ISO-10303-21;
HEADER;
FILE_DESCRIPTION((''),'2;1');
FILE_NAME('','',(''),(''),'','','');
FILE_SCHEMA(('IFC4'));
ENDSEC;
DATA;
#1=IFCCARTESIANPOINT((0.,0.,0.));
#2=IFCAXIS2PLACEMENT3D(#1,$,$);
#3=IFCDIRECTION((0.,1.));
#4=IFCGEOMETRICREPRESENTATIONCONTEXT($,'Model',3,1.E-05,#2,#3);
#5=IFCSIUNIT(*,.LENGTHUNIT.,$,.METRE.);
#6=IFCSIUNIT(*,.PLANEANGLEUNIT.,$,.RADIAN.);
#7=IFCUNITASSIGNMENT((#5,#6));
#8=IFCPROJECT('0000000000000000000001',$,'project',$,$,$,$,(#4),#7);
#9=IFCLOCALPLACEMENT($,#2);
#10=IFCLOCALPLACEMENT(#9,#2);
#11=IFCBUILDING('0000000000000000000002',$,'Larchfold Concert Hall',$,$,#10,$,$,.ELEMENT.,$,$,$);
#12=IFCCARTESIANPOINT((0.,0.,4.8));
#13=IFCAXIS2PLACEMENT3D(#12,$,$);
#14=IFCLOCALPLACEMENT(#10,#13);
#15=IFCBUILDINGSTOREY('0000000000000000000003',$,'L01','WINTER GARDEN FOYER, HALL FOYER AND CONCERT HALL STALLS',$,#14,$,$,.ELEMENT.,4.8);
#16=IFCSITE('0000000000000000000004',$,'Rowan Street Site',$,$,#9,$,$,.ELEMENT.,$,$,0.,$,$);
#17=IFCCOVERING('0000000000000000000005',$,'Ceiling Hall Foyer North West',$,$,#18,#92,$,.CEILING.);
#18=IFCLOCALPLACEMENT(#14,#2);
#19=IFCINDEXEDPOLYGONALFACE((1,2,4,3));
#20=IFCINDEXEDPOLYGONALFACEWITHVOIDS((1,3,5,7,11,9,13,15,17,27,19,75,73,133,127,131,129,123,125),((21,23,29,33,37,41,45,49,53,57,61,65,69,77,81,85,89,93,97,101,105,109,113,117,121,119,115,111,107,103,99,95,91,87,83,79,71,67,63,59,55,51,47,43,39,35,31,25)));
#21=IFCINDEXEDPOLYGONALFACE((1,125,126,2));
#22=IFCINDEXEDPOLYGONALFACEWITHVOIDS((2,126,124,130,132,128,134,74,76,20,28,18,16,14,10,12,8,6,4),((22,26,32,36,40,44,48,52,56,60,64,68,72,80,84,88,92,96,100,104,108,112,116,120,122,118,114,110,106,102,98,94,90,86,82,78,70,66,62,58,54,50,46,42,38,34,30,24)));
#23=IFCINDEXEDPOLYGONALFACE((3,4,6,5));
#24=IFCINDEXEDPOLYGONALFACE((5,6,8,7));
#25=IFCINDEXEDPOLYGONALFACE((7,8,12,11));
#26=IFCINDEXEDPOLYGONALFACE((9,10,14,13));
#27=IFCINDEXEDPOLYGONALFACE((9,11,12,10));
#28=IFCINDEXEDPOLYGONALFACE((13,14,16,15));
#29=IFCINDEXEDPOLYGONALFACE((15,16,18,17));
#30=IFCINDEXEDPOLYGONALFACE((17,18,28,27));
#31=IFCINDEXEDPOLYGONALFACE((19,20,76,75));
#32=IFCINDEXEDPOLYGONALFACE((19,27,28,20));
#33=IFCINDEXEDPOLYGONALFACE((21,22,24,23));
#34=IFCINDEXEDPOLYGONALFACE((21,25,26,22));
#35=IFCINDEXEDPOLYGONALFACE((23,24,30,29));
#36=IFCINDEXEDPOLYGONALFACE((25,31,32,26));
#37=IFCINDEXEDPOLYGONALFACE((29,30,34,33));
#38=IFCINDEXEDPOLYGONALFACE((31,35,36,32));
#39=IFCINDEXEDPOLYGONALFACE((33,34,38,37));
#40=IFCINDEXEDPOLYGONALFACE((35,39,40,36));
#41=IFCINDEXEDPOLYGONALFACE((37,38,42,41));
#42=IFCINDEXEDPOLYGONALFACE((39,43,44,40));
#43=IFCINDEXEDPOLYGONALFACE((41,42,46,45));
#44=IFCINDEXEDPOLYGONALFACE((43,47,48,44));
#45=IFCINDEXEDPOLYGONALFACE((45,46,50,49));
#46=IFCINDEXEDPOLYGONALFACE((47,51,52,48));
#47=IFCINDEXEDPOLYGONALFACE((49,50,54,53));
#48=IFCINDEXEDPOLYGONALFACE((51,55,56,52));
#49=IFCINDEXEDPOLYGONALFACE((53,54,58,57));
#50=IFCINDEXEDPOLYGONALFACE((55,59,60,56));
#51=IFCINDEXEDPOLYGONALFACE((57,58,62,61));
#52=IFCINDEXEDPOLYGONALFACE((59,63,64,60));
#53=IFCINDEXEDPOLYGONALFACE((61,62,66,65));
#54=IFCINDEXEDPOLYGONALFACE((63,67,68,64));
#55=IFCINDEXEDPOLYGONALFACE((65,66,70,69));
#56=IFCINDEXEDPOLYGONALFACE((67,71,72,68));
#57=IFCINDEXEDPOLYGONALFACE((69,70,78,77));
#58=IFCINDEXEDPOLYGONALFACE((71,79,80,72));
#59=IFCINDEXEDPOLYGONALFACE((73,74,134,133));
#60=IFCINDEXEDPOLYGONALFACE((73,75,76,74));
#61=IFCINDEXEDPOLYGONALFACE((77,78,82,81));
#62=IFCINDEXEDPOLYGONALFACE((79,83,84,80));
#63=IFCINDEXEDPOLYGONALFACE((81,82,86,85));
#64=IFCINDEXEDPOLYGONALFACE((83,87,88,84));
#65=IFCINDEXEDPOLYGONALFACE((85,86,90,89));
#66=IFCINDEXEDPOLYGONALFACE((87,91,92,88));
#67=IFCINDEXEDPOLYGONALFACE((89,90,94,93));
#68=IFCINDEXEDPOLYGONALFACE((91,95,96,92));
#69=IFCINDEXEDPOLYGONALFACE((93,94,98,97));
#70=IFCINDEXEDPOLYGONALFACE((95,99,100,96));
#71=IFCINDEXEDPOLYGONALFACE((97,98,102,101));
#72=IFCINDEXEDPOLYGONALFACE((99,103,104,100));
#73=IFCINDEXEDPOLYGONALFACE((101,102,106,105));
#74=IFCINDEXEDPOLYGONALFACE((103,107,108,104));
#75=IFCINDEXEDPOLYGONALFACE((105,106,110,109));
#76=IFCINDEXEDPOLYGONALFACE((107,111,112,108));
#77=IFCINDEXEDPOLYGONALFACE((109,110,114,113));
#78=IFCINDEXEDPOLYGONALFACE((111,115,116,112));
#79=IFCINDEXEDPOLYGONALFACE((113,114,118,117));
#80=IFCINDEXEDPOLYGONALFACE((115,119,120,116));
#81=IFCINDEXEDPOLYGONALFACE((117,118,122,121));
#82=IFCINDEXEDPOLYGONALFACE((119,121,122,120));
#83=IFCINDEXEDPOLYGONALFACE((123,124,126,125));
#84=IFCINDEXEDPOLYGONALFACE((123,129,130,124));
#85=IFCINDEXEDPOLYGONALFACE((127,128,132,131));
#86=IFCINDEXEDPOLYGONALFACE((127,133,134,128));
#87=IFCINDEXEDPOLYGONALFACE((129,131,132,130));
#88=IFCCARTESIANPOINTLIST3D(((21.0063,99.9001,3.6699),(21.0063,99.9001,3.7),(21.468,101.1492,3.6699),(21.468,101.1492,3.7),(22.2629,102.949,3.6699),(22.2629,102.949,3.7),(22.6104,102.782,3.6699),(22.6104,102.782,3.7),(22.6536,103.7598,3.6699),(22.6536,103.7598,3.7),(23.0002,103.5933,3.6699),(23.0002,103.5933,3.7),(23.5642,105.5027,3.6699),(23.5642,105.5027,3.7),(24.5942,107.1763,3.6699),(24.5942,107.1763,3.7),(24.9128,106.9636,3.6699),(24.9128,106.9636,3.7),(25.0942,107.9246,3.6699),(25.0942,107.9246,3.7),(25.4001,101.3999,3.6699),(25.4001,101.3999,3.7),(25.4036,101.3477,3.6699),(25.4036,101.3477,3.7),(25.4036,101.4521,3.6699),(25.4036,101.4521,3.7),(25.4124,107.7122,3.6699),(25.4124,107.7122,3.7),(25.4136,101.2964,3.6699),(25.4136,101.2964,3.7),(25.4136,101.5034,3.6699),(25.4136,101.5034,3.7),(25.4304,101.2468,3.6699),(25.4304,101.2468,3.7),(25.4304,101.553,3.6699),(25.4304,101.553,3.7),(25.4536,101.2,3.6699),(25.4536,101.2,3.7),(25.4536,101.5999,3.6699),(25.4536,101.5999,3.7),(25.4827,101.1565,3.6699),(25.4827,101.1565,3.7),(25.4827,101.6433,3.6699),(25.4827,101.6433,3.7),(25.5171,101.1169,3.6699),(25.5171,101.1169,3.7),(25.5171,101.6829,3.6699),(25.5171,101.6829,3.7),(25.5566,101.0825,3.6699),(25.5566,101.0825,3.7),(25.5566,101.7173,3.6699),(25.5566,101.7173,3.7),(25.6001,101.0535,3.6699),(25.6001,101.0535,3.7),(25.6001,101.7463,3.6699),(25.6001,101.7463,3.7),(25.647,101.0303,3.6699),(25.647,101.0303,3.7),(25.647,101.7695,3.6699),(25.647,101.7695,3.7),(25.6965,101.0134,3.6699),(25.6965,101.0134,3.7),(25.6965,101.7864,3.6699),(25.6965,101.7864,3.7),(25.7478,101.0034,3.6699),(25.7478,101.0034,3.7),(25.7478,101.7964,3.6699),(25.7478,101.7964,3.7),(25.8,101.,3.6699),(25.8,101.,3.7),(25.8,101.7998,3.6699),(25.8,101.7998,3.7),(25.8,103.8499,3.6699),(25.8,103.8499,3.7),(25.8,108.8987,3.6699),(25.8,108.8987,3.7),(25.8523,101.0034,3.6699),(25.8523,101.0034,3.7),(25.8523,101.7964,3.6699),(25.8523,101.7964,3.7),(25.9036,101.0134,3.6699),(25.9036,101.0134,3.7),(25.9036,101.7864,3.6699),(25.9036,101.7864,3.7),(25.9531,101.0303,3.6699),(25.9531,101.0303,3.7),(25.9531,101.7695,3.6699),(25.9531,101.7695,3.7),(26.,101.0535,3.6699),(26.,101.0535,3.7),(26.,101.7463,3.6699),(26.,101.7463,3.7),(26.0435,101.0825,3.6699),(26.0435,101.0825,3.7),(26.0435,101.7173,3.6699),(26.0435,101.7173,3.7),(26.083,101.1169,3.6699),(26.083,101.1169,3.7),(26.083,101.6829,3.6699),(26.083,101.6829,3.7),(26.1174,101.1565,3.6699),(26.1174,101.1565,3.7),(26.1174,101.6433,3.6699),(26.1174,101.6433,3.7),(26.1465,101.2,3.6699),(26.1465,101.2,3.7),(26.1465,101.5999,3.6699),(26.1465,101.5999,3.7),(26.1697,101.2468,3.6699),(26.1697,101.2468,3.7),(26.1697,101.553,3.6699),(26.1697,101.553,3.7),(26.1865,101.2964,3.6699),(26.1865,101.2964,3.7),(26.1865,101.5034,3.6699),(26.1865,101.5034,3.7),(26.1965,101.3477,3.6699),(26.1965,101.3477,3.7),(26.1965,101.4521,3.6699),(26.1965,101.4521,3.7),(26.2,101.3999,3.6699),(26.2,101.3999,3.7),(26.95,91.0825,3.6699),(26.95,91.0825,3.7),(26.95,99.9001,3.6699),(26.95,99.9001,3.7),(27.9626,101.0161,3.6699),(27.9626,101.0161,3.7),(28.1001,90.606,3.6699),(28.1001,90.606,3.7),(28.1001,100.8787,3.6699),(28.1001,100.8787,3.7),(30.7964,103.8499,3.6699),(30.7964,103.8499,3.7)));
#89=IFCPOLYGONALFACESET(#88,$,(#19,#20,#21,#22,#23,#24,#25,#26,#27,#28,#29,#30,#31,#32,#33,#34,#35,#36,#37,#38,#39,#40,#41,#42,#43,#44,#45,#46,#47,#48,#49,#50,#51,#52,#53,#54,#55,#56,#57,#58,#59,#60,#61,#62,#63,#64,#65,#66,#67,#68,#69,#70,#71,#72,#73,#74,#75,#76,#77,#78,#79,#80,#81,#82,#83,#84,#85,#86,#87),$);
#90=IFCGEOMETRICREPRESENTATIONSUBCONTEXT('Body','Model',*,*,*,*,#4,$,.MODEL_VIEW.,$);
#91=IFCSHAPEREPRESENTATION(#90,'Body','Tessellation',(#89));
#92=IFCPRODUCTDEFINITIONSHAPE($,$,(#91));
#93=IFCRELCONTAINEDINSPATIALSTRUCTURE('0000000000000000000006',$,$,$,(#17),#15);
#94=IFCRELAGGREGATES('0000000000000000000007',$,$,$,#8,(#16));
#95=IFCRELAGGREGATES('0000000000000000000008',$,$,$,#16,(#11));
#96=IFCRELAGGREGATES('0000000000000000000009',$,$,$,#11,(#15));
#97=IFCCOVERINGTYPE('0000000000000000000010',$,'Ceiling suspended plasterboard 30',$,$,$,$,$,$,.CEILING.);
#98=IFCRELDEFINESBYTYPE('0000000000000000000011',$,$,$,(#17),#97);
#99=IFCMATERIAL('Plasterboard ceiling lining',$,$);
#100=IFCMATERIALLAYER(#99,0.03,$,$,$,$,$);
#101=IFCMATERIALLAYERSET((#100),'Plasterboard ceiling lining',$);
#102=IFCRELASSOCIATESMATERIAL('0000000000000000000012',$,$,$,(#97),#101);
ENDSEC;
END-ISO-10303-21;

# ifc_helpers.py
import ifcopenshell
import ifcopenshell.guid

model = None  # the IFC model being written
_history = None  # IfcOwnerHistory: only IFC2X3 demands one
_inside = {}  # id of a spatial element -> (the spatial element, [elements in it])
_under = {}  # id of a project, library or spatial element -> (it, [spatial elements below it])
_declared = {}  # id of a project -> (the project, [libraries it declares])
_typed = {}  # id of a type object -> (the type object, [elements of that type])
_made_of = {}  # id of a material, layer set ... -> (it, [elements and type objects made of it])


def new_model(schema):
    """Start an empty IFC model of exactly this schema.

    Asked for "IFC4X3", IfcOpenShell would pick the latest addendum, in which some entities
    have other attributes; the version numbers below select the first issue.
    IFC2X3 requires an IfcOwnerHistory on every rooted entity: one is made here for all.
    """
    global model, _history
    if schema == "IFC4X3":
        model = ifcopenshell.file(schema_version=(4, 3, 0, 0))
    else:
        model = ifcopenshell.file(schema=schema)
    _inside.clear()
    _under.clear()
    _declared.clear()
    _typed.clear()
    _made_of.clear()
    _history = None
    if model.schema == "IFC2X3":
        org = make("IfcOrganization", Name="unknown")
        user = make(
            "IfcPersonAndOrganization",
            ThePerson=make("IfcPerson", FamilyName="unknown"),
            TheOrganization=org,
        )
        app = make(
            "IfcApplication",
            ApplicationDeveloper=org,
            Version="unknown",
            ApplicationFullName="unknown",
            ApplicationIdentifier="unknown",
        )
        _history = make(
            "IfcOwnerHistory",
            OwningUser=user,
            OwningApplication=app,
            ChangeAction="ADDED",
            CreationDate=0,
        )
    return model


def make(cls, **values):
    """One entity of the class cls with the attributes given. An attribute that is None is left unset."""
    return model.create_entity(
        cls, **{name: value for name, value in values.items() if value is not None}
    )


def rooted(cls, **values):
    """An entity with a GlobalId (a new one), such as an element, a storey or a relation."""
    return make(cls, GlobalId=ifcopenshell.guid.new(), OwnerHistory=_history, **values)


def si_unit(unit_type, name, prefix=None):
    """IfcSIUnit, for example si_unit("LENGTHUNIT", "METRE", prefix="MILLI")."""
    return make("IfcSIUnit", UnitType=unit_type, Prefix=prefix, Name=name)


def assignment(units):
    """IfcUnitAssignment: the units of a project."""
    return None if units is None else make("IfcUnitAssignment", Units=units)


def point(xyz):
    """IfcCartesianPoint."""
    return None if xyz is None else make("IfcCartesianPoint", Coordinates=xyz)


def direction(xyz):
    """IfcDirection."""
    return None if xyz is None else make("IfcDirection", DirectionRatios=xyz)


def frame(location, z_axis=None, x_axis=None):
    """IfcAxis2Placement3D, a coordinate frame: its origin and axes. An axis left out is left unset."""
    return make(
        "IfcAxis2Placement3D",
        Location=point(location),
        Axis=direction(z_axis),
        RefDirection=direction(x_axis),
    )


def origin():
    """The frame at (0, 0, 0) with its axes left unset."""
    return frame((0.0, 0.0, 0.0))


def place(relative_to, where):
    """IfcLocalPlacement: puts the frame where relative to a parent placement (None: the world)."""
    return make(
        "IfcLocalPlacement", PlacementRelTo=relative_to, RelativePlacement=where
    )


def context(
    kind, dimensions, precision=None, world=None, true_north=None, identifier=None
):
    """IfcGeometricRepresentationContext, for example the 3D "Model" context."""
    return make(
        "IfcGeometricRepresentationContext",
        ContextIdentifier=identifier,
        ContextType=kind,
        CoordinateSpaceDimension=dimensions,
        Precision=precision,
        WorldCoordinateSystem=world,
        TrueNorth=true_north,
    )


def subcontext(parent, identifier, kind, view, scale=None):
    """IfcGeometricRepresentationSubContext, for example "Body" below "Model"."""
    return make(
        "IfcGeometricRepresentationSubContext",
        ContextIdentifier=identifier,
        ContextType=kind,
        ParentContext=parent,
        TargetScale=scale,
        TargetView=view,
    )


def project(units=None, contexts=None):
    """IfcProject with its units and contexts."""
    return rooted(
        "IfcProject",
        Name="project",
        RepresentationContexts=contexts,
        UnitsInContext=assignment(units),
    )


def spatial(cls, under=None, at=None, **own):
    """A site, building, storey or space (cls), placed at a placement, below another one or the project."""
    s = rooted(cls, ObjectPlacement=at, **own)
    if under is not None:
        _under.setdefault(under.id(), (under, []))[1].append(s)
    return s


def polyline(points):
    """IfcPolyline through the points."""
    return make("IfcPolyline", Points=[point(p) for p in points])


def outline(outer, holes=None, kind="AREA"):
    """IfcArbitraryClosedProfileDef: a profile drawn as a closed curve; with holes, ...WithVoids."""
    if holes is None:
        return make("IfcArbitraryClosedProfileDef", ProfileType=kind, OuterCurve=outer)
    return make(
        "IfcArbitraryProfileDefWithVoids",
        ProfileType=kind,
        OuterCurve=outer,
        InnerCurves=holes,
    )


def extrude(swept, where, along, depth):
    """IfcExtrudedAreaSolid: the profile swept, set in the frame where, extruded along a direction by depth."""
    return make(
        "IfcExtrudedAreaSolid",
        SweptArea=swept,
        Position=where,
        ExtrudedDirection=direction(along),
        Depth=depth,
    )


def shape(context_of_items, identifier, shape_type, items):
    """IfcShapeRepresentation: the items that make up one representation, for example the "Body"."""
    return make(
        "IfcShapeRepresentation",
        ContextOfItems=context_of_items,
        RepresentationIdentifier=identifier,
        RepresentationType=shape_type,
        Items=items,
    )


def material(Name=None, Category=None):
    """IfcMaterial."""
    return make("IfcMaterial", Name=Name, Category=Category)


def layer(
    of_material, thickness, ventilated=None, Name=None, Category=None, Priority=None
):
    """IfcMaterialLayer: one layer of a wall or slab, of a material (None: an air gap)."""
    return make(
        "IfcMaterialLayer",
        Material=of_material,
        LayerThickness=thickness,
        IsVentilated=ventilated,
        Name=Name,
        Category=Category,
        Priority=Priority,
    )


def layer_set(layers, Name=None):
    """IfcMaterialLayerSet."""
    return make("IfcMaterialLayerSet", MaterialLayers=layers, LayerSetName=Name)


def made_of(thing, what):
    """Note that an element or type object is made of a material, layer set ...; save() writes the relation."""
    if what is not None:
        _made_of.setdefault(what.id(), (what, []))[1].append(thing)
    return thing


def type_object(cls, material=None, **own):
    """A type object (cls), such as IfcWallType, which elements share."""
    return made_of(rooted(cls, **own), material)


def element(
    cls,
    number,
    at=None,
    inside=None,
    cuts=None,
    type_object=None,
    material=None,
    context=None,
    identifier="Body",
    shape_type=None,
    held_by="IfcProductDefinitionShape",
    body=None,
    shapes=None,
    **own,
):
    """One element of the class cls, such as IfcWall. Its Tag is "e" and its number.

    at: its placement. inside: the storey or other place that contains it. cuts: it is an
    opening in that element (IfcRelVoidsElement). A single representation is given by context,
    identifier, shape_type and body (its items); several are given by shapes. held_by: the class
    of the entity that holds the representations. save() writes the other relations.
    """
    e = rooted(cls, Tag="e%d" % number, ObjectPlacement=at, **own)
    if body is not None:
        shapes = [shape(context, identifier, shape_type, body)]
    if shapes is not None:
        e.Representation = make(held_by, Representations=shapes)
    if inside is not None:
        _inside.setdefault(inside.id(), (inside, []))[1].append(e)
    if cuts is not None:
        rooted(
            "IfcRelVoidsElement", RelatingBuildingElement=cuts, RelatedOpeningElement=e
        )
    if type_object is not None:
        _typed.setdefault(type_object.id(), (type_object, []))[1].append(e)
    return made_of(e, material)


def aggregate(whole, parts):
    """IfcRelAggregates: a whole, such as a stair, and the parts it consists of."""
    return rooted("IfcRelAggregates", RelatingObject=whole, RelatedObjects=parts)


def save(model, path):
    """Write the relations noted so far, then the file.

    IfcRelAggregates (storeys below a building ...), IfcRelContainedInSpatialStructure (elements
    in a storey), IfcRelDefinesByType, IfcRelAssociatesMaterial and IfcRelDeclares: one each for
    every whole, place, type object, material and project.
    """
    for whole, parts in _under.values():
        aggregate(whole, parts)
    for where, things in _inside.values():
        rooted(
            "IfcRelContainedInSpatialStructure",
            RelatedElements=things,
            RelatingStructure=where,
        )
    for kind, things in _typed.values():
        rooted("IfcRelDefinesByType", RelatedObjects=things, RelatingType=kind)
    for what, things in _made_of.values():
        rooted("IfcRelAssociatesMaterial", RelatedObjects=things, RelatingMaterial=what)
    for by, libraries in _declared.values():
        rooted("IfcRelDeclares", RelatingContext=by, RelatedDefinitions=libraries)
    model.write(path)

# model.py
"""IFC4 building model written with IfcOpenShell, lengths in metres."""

from ifc_helpers import new_model, si_unit, direction, frame, origin, place, context, subcontext, project, spatial, polyline, outline, extrude, material, layer, layer_set, type_object, element, save


model = new_model("IFC4")

# Units and contexts
model_context = context("Model", 3, precision=1e-05, world=origin(), true_north=direction((0.0, 1.0)))
body_context = subcontext(model_context, "Body", "Model", "MODEL_VIEW")
ifc_project = project(units=[si_unit("LENGTHUNIT", "METRE"), si_unit("PLANEANGLEUNIT", "RADIAN")], contexts=[model_context])

# Site, building, storey
site_placement = place(None, origin())
site = spatial("IfcSite", under=ifc_project, at=site_placement, Name="Rowan Street Site", CompositionType="ELEMENT", RefElevation=0.0)
building_placement = place(site_placement, origin())
building = spatial("IfcBuilding", under=site, at=building_placement, Name="Larchfold Concert Hall", CompositionType="ELEMENT")
storey_placement = place(building_placement, frame((0.0, 0.0, 4.8)))
storey = spatial("IfcBuildingStorey", under=building, at=storey_placement, Name="L01", Description="WINTER GARDEN FOYER, HALL FOYER AND CONCERT HALL STALLS", CompositionType="ELEMENT", Elevation=4.8)

# Covering
ifc_material_1 = material(Name="Plasterboard ceiling lining")
ifc_layer_1 = layer(ifc_material_1, 0.03)
ifc_layer_set_1 = layer_set([ifc_layer_1], Name="Plasterboard ceiling lining")
covering_type_1 = type_object("IfcCoveringType", Name="Ceiling suspended plasterboard 30", PredefinedType="CEILING", material=ifc_layer_set_1)
covering_1_placement = place(storey_placement, frame((0.0, 0.0, 3.6699)))
element("IfcCovering", 1, at=covering_1_placement, inside=storey, type_object=covering_type_1, Name="Ceiling Hall Foyer North West", PredefinedType="CEILING", context=body_context, shape_type="SweptSolid", body=[
    extrude(outline(polyline([(26.95, 99.9001), (26.95, 91.0825), (28.1001, 90.606), (28.1001, 100.8787), (27.9626, 101.0161), (30.7964, 103.8499), (25.8, 103.8499), (25.8, 108.8987), (25.0942, 107.9246), (25.4124, 107.7122), (24.9128, 106.9636), (24.5942, 107.1763), (23.5642, 105.5027), (22.6536, 103.7598), (23.0002, 103.5933), (22.6104, 102.782), (22.2629, 102.949), (21.468, 101.1492), (21.0063, 99.9001), (26.95, 99.9001)]), holes=[polyline([(25.6001, 101.0535), (25.5566, 101.0825), (25.5171, 101.1169), (25.4827, 101.1565), (25.4536, 101.2), (25.4304, 101.2468), (25.4136, 101.2964), (25.4036, 101.3477), (25.4001, 101.3999), (25.4036, 101.4521), (25.4136, 101.5034), (25.4304, 101.553), (25.4536, 101.5999), (25.4827, 101.6433), (25.5171, 101.6829), (25.5566, 101.7173), (25.6001, 101.7463), (25.647, 101.7695), (25.6965, 101.7864), (25.7478, 101.7964), (25.8, 101.7998), (25.8523, 101.7964), (25.9036, 101.7864), (25.9531, 101.7695), (26.0, 101.7463), (26.0435, 101.7173), (26.083, 101.6829), (26.1174, 101.6433), (26.1465, 101.5999), (26.1697, 101.553), (26.1865, 101.5034), (26.1965, 101.4521), (26.2, 101.3999), (26.1965, 101.3477), (26.1865, 101.2964), (26.1697, 101.2468), (26.1465, 101.2), (26.1174, 101.1565), (26.083, 101.1169), (26.0435, 101.0825), (26.0, 101.0535), (25.9531, 101.0303), (25.9036, 101.0134), (25.8523, 101.0034), (25.8, 101.0), (25.7478, 101.0034), (25.6965, 101.0134), (25.647, 101.0303), (25.6001, 101.0535)])]), origin(), (0.0, 0.0, 1.0), 0.03),
])

save(model, "model.ifc")
